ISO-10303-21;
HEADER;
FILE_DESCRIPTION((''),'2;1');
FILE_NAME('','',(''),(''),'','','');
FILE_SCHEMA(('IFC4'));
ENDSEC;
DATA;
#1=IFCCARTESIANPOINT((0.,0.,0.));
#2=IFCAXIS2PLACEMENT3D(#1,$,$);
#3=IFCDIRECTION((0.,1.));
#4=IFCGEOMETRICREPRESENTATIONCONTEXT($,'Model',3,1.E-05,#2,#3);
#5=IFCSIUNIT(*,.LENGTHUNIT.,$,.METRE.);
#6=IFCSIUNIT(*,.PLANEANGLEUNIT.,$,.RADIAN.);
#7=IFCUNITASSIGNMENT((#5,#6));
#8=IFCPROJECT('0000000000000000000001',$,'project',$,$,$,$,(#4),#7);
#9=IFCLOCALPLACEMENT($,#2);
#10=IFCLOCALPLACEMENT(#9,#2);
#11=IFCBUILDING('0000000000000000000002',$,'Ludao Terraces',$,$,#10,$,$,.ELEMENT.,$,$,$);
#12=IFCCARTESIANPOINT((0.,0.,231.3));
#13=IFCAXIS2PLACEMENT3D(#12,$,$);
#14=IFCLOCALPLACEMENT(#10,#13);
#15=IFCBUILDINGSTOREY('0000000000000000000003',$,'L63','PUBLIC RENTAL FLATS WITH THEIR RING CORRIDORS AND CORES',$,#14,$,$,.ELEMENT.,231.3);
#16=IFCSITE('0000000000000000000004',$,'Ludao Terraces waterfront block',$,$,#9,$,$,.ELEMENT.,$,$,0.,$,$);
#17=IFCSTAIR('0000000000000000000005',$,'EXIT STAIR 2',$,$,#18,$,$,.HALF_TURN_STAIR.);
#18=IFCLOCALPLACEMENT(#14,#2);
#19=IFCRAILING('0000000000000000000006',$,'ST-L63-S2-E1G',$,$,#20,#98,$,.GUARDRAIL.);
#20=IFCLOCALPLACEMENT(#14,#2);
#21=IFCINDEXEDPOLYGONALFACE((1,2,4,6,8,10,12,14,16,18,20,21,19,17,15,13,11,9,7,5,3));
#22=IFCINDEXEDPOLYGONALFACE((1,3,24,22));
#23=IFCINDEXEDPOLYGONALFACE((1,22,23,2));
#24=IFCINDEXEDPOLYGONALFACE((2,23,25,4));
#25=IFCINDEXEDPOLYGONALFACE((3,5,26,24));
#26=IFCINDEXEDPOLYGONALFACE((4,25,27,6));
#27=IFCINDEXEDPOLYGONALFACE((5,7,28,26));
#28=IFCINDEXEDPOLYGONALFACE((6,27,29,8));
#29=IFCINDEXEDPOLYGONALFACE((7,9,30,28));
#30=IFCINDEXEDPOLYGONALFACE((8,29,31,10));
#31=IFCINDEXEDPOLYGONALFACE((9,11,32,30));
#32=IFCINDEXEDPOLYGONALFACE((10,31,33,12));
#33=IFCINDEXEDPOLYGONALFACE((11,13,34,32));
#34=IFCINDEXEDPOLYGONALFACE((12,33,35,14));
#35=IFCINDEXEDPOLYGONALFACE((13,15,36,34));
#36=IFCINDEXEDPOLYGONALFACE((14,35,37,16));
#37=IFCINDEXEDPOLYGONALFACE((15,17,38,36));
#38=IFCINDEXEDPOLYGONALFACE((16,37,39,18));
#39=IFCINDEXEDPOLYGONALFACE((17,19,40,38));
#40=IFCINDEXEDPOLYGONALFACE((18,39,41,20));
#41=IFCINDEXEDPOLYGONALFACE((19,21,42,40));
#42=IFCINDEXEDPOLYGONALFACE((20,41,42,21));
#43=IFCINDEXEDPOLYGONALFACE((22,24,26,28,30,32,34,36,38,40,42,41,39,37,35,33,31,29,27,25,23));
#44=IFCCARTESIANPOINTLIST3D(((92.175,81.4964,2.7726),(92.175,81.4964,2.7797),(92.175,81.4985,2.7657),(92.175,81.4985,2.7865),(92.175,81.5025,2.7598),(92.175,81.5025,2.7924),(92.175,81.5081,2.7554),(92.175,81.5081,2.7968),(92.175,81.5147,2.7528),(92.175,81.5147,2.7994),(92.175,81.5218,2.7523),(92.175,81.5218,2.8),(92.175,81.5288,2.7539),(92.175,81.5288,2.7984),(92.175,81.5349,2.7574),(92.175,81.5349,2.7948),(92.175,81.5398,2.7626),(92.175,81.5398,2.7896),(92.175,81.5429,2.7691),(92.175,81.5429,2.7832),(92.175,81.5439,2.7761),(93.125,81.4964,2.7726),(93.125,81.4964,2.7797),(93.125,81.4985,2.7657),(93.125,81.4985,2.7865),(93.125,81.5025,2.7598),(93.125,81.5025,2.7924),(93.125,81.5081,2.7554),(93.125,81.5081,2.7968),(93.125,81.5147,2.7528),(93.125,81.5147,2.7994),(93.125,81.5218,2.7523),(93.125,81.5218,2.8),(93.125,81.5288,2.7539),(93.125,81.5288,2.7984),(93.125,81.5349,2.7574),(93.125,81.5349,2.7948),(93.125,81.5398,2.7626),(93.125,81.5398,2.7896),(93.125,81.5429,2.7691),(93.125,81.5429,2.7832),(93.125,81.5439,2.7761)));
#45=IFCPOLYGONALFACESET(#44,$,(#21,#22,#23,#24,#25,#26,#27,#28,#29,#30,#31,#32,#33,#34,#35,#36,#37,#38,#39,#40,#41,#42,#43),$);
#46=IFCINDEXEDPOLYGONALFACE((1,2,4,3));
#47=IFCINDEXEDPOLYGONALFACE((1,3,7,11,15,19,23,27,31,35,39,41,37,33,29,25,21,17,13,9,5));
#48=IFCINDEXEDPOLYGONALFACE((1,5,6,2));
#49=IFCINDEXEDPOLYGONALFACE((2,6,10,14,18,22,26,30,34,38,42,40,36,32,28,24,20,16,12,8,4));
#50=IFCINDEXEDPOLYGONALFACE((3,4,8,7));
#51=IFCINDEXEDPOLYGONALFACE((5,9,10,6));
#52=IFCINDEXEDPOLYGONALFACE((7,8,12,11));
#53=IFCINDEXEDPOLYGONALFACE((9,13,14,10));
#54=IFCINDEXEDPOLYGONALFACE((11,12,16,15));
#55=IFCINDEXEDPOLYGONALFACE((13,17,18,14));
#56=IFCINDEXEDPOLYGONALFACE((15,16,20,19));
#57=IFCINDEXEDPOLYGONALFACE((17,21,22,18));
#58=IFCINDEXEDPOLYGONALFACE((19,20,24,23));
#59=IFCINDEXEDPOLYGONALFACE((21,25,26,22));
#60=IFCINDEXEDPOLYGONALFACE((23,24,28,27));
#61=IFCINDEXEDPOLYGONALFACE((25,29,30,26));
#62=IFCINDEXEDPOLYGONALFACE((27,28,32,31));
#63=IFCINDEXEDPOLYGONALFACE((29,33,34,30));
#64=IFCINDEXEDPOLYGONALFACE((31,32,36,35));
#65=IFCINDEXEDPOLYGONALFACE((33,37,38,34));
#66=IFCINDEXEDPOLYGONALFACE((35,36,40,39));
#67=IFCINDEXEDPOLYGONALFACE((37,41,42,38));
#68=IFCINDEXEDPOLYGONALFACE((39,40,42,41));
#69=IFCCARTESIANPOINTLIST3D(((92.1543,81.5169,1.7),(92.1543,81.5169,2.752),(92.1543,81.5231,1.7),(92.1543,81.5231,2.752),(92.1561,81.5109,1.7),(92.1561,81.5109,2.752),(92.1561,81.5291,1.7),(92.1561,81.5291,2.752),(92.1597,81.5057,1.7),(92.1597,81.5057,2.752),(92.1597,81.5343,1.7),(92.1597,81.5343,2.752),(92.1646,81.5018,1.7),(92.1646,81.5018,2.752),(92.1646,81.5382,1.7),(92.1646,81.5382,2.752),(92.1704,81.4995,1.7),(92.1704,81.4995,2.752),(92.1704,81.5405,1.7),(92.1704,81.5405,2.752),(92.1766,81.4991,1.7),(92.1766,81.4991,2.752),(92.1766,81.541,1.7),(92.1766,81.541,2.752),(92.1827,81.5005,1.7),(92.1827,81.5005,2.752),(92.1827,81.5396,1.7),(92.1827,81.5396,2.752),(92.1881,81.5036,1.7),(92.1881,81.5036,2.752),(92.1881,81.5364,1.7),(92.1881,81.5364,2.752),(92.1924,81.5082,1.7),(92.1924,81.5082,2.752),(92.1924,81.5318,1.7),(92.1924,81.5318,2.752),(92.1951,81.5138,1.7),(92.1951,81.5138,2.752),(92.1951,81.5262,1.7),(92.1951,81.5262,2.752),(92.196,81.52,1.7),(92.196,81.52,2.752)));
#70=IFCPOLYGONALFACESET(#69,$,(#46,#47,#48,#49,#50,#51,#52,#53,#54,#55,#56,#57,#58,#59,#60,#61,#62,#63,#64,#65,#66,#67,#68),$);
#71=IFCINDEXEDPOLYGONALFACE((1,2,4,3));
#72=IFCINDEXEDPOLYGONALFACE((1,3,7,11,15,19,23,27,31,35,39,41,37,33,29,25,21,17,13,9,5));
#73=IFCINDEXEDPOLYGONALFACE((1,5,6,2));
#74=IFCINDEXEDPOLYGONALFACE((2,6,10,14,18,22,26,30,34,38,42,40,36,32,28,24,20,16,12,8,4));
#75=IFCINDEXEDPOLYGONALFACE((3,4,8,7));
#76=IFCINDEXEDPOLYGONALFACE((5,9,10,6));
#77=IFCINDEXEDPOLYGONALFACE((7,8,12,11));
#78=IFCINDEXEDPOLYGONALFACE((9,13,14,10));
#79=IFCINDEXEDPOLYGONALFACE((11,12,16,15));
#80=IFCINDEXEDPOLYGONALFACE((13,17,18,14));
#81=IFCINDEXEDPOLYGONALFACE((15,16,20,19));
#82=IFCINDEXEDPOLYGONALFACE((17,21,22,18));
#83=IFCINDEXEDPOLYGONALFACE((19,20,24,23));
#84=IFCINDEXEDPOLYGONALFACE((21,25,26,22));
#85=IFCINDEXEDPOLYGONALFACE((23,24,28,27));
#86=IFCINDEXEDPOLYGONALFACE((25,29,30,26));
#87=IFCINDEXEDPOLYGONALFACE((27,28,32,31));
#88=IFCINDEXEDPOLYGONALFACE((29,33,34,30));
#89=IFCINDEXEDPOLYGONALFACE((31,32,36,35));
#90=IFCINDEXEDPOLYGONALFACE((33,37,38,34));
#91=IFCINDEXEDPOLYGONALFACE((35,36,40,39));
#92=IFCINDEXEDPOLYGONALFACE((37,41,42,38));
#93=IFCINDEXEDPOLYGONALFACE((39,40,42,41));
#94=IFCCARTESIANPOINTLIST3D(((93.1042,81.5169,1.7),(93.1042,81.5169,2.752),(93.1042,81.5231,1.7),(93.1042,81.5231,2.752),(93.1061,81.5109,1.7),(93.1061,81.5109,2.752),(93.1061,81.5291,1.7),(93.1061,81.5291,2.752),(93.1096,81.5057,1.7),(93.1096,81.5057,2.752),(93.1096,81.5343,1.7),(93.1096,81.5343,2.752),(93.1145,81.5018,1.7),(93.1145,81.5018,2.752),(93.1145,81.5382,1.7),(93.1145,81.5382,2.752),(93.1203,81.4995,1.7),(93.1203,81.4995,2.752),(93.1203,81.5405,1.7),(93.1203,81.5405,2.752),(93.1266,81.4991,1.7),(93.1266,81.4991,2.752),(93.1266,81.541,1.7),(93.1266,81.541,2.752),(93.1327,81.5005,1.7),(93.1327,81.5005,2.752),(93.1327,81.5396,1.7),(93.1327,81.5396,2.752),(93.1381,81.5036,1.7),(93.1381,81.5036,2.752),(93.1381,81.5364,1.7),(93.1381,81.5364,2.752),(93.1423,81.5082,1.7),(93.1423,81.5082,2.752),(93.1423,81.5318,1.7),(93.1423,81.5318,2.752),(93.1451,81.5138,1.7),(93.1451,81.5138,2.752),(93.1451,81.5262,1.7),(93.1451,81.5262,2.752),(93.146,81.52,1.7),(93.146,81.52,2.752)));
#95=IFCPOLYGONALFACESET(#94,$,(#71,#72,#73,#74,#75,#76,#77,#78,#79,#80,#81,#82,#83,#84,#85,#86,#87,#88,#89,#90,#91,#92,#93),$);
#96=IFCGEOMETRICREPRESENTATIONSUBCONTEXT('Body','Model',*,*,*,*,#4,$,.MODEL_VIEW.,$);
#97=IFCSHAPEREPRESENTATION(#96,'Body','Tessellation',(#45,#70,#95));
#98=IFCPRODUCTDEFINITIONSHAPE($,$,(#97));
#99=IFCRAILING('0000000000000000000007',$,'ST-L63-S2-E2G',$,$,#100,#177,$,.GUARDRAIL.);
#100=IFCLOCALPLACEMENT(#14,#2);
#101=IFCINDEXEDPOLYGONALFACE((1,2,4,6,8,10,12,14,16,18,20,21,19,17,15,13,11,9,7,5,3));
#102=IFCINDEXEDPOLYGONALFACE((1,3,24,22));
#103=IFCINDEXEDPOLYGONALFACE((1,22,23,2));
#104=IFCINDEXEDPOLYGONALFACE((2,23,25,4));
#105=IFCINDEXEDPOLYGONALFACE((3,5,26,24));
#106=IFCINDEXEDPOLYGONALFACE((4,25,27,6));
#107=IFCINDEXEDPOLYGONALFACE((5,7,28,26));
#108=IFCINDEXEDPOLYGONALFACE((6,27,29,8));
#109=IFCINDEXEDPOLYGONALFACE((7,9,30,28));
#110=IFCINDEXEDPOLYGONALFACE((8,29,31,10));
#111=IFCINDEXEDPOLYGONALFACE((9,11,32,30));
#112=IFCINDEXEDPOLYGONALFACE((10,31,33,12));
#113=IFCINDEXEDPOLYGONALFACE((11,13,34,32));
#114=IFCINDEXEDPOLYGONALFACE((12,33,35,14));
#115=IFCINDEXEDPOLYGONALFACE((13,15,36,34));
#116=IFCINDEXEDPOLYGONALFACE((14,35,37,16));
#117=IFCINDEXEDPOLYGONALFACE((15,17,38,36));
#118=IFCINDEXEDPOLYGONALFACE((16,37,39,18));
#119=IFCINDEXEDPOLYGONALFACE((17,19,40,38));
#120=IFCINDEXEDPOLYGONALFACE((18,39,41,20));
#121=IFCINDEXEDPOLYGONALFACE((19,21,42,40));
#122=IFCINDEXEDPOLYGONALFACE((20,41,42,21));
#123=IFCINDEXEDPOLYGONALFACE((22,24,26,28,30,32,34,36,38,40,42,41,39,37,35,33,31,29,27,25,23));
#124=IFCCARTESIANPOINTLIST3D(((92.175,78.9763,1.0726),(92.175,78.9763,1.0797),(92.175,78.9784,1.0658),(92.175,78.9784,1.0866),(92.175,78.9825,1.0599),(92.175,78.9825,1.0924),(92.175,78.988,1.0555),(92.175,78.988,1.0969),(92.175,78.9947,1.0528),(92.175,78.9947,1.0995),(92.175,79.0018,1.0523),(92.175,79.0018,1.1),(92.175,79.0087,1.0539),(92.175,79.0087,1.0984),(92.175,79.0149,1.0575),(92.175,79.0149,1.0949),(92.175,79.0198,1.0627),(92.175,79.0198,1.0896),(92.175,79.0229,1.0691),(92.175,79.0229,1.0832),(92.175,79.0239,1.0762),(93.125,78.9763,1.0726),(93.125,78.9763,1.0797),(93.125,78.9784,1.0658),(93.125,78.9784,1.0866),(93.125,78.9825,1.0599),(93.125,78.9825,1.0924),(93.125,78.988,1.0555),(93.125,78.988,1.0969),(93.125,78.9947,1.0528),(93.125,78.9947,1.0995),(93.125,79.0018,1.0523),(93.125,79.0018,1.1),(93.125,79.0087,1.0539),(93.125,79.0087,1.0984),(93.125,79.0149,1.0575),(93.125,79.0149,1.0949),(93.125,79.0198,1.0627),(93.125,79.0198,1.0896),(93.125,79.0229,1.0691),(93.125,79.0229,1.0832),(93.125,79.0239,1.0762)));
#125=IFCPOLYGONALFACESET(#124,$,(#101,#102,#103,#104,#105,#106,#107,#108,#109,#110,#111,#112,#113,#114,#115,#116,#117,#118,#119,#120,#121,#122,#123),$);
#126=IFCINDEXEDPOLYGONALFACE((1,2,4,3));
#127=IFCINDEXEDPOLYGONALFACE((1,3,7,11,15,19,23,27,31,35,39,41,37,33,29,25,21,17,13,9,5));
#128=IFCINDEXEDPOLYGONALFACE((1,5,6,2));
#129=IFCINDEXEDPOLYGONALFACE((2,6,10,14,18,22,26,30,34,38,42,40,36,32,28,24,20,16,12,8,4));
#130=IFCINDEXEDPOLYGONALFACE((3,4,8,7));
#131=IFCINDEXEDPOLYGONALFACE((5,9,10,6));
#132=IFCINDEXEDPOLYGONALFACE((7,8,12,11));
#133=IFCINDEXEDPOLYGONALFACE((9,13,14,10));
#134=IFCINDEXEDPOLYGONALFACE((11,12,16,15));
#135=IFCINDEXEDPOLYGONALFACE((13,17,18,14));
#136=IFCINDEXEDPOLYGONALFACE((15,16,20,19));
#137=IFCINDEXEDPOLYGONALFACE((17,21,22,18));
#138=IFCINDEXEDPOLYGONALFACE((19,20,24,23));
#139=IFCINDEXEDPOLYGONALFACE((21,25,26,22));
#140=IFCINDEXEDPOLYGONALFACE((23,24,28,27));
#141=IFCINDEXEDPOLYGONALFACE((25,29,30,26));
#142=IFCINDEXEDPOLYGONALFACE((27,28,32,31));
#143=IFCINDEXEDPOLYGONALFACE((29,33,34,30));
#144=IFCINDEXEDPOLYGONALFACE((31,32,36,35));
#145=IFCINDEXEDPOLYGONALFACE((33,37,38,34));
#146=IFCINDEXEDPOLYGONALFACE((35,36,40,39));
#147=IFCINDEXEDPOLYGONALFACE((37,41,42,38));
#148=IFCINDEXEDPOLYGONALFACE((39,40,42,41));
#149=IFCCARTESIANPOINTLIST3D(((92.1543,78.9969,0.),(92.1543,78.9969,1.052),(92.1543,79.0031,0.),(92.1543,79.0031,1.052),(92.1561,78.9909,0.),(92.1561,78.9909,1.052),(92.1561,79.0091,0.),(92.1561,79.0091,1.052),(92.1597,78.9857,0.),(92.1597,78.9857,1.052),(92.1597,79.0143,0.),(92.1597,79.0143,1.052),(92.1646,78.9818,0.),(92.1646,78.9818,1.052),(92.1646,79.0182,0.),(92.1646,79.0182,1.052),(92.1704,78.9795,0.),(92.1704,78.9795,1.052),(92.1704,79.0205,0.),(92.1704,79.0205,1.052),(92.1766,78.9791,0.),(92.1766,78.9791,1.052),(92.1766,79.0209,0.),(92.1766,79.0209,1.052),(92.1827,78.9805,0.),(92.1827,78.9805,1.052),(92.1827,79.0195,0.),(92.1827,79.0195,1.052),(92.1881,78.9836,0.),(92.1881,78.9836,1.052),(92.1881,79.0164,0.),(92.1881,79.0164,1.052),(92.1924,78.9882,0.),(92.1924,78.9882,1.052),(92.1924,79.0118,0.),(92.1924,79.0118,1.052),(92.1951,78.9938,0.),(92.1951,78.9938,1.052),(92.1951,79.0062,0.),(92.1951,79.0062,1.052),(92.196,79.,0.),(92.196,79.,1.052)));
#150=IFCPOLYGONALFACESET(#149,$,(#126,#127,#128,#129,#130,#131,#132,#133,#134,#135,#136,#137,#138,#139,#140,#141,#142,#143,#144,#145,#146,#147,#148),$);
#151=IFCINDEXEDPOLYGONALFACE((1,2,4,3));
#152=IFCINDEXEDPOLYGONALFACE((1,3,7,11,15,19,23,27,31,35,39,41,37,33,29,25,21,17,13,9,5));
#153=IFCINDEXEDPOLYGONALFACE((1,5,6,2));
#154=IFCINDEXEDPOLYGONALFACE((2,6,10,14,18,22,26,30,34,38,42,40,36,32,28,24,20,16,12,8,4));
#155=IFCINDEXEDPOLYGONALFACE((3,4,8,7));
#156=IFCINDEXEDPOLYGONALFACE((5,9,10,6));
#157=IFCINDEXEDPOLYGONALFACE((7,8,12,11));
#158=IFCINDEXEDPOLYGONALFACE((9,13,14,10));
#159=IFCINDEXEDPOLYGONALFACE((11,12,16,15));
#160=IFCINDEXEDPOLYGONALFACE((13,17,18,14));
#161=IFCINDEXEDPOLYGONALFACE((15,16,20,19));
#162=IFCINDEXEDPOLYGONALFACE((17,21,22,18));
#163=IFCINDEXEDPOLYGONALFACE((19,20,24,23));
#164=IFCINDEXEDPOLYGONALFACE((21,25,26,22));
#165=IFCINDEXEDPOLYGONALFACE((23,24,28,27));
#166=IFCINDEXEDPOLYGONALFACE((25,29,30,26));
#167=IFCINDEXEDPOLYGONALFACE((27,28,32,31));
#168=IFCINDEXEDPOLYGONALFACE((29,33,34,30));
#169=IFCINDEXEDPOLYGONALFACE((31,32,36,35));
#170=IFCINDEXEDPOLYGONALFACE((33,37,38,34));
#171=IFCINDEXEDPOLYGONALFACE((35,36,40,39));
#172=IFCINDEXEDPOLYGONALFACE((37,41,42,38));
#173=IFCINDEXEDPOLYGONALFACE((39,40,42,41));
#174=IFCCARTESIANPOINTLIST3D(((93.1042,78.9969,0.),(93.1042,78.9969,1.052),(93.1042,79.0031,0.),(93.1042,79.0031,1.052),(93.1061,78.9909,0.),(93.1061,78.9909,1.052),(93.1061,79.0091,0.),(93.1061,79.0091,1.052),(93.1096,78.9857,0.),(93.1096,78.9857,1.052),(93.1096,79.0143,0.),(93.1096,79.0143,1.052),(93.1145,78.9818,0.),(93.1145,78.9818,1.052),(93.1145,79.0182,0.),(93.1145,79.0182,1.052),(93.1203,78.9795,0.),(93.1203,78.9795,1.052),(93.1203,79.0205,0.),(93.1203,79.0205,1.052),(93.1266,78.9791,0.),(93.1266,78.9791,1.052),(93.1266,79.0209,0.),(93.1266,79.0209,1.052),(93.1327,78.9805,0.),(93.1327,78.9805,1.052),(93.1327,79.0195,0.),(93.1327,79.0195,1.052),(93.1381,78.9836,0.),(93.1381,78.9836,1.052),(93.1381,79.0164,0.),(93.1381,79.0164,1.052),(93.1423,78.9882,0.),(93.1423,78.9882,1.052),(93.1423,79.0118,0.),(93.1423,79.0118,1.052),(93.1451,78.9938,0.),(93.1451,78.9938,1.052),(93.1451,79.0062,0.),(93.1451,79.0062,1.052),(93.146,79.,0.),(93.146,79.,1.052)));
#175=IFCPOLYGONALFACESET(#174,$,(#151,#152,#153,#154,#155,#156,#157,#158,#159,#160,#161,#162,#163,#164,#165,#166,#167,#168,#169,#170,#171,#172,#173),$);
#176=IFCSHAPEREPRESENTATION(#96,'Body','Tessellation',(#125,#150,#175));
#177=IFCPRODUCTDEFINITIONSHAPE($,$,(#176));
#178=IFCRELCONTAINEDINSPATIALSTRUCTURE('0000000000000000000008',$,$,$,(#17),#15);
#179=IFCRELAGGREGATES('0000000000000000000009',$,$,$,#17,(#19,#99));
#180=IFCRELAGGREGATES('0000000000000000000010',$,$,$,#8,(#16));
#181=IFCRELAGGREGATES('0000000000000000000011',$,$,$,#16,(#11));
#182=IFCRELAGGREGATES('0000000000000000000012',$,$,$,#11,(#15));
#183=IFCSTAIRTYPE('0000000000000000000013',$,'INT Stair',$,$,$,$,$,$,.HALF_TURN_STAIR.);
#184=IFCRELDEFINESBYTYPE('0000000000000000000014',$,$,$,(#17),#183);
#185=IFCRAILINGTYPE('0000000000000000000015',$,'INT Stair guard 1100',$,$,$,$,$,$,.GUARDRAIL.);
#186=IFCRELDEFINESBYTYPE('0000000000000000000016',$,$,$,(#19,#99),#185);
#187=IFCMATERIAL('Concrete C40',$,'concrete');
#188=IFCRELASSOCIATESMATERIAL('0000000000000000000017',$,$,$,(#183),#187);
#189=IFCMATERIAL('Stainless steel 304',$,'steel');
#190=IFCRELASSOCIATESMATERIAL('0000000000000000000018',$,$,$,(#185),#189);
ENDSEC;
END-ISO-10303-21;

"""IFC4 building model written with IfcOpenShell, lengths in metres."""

from ifc_helpers import new_model, si_unit, direction, frame, origin, origin_2d, place, context, subcontext, project, spatial, circle, extrude, material, type_object, element, aggregate, save


model = new_model("IFC4")

# Units and contexts
model_context = context("Model", 3, precision=1e-05, world=origin(), true_north=direction((0.0, 1.0)))
body_context = subcontext(model_context, "Body", "Model", "MODEL_VIEW")
ifc_project = project(units=[si_unit("LENGTHUNIT", "METRE"), si_unit("PLANEANGLEUNIT", "RADIAN")], contexts=[model_context])

# Site, building, storey
site_placement = place(None, origin())
site = spatial("IfcSite", under=ifc_project, at=site_placement, Name="Ludao Terraces waterfront block", CompositionType="ELEMENT", RefElevation=0.0)
building_placement = place(site_placement, origin())
building = spatial("IfcBuilding", under=site, at=building_placement, Name="Ludao Terraces", CompositionType="ELEMENT")
storey_placement = place(building_placement, frame((0.0, 0.0, 231.3)))
storey = spatial("IfcBuildingStorey", under=building, at=storey_placement, Name="L63", Description="PUBLIC RENTAL FLATS WITH THEIR RING CORRIDORS AND CORES", CompositionType="ELEMENT", Elevation=231.3)

# Shared definitions
ifc_material_1 = material(Name="Stainless steel 304", Category="steel")

# Stair, railings
ifc_material_2 = material(Name="Concrete C40", Category="concrete")
stair_type = type_object("IfcStairType", Name="INT Stair", PredefinedType="HALF_TURN_STAIR", material=ifc_material_2)
stair_placement = place(storey_placement, origin())
stair = element("IfcStair", 1, at=stair_placement, inside=storey, type_object=stair_type, Name="EXIT STAIR 2", PredefinedType="HALF_TURN_STAIR")
railing_type_1 = type_object("IfcRailingType", Name="INT Stair guard 1100", PredefinedType="GUARDRAIL", material=ifc_material_1)
railing_1_placement = place(storey_placement, frame((92.175, 81.52, 1.7)))
railing_1 = element("IfcRailing", 2, at=railing_1_placement, type_object=railing_type_1, Name="ST-L63-S2-E1G", PredefinedType="GUARDRAIL", context=body_context, shape_type="SweptSolid", body=[
    extrude(circle(Radius=0.0239, at=origin_2d()), frame((0.0, 0.0, 1.0762), z_axis=(1.0, 0.0, 0.0), x_axis=(0.0, 1.0, 0.0)), (0.0, 0.0, 1.0), 0.95),
    extrude(circle(Radius=0.021, at=origin_2d()), origin(), (0.0, 0.0, 1.0), 1.052),
    extrude(circle(Radius=0.021, at=origin_2d()), frame((0.95, 0.0, 0.0)), (0.0, 0.0, 1.0), 1.052),
])
railing_2_placement = place(storey_placement, frame((92.175, 79.0, 0.0)))
railing_2 = element("IfcRailing", 3, at=railing_2_placement, type_object=railing_type_1, Name="ST-L63-S2-E2G", PredefinedType="GUARDRAIL", context=body_context, shape_type="SweptSolid", body=[
    extrude(circle(Radius=0.0239, at=origin_2d()), frame((0.0, 0.0, 1.0762), z_axis=(1.0, 0.0, 0.0), x_axis=(0.0, 1.0, 0.0)), (0.0, 0.0, 1.0), 0.95),
    extrude(circle(Radius=0.021, at=origin_2d()), origin(), (0.0, 0.0, 1.0), 1.052),
    extrude(circle(Radius=0.021, at=origin_2d()), frame((0.95, 0.0, 0.0)), (0.0, 0.0, 1.0), 1.052),
])
aggregate(stair, [railing_1, railing_2])

save(model, "model.ifc")
